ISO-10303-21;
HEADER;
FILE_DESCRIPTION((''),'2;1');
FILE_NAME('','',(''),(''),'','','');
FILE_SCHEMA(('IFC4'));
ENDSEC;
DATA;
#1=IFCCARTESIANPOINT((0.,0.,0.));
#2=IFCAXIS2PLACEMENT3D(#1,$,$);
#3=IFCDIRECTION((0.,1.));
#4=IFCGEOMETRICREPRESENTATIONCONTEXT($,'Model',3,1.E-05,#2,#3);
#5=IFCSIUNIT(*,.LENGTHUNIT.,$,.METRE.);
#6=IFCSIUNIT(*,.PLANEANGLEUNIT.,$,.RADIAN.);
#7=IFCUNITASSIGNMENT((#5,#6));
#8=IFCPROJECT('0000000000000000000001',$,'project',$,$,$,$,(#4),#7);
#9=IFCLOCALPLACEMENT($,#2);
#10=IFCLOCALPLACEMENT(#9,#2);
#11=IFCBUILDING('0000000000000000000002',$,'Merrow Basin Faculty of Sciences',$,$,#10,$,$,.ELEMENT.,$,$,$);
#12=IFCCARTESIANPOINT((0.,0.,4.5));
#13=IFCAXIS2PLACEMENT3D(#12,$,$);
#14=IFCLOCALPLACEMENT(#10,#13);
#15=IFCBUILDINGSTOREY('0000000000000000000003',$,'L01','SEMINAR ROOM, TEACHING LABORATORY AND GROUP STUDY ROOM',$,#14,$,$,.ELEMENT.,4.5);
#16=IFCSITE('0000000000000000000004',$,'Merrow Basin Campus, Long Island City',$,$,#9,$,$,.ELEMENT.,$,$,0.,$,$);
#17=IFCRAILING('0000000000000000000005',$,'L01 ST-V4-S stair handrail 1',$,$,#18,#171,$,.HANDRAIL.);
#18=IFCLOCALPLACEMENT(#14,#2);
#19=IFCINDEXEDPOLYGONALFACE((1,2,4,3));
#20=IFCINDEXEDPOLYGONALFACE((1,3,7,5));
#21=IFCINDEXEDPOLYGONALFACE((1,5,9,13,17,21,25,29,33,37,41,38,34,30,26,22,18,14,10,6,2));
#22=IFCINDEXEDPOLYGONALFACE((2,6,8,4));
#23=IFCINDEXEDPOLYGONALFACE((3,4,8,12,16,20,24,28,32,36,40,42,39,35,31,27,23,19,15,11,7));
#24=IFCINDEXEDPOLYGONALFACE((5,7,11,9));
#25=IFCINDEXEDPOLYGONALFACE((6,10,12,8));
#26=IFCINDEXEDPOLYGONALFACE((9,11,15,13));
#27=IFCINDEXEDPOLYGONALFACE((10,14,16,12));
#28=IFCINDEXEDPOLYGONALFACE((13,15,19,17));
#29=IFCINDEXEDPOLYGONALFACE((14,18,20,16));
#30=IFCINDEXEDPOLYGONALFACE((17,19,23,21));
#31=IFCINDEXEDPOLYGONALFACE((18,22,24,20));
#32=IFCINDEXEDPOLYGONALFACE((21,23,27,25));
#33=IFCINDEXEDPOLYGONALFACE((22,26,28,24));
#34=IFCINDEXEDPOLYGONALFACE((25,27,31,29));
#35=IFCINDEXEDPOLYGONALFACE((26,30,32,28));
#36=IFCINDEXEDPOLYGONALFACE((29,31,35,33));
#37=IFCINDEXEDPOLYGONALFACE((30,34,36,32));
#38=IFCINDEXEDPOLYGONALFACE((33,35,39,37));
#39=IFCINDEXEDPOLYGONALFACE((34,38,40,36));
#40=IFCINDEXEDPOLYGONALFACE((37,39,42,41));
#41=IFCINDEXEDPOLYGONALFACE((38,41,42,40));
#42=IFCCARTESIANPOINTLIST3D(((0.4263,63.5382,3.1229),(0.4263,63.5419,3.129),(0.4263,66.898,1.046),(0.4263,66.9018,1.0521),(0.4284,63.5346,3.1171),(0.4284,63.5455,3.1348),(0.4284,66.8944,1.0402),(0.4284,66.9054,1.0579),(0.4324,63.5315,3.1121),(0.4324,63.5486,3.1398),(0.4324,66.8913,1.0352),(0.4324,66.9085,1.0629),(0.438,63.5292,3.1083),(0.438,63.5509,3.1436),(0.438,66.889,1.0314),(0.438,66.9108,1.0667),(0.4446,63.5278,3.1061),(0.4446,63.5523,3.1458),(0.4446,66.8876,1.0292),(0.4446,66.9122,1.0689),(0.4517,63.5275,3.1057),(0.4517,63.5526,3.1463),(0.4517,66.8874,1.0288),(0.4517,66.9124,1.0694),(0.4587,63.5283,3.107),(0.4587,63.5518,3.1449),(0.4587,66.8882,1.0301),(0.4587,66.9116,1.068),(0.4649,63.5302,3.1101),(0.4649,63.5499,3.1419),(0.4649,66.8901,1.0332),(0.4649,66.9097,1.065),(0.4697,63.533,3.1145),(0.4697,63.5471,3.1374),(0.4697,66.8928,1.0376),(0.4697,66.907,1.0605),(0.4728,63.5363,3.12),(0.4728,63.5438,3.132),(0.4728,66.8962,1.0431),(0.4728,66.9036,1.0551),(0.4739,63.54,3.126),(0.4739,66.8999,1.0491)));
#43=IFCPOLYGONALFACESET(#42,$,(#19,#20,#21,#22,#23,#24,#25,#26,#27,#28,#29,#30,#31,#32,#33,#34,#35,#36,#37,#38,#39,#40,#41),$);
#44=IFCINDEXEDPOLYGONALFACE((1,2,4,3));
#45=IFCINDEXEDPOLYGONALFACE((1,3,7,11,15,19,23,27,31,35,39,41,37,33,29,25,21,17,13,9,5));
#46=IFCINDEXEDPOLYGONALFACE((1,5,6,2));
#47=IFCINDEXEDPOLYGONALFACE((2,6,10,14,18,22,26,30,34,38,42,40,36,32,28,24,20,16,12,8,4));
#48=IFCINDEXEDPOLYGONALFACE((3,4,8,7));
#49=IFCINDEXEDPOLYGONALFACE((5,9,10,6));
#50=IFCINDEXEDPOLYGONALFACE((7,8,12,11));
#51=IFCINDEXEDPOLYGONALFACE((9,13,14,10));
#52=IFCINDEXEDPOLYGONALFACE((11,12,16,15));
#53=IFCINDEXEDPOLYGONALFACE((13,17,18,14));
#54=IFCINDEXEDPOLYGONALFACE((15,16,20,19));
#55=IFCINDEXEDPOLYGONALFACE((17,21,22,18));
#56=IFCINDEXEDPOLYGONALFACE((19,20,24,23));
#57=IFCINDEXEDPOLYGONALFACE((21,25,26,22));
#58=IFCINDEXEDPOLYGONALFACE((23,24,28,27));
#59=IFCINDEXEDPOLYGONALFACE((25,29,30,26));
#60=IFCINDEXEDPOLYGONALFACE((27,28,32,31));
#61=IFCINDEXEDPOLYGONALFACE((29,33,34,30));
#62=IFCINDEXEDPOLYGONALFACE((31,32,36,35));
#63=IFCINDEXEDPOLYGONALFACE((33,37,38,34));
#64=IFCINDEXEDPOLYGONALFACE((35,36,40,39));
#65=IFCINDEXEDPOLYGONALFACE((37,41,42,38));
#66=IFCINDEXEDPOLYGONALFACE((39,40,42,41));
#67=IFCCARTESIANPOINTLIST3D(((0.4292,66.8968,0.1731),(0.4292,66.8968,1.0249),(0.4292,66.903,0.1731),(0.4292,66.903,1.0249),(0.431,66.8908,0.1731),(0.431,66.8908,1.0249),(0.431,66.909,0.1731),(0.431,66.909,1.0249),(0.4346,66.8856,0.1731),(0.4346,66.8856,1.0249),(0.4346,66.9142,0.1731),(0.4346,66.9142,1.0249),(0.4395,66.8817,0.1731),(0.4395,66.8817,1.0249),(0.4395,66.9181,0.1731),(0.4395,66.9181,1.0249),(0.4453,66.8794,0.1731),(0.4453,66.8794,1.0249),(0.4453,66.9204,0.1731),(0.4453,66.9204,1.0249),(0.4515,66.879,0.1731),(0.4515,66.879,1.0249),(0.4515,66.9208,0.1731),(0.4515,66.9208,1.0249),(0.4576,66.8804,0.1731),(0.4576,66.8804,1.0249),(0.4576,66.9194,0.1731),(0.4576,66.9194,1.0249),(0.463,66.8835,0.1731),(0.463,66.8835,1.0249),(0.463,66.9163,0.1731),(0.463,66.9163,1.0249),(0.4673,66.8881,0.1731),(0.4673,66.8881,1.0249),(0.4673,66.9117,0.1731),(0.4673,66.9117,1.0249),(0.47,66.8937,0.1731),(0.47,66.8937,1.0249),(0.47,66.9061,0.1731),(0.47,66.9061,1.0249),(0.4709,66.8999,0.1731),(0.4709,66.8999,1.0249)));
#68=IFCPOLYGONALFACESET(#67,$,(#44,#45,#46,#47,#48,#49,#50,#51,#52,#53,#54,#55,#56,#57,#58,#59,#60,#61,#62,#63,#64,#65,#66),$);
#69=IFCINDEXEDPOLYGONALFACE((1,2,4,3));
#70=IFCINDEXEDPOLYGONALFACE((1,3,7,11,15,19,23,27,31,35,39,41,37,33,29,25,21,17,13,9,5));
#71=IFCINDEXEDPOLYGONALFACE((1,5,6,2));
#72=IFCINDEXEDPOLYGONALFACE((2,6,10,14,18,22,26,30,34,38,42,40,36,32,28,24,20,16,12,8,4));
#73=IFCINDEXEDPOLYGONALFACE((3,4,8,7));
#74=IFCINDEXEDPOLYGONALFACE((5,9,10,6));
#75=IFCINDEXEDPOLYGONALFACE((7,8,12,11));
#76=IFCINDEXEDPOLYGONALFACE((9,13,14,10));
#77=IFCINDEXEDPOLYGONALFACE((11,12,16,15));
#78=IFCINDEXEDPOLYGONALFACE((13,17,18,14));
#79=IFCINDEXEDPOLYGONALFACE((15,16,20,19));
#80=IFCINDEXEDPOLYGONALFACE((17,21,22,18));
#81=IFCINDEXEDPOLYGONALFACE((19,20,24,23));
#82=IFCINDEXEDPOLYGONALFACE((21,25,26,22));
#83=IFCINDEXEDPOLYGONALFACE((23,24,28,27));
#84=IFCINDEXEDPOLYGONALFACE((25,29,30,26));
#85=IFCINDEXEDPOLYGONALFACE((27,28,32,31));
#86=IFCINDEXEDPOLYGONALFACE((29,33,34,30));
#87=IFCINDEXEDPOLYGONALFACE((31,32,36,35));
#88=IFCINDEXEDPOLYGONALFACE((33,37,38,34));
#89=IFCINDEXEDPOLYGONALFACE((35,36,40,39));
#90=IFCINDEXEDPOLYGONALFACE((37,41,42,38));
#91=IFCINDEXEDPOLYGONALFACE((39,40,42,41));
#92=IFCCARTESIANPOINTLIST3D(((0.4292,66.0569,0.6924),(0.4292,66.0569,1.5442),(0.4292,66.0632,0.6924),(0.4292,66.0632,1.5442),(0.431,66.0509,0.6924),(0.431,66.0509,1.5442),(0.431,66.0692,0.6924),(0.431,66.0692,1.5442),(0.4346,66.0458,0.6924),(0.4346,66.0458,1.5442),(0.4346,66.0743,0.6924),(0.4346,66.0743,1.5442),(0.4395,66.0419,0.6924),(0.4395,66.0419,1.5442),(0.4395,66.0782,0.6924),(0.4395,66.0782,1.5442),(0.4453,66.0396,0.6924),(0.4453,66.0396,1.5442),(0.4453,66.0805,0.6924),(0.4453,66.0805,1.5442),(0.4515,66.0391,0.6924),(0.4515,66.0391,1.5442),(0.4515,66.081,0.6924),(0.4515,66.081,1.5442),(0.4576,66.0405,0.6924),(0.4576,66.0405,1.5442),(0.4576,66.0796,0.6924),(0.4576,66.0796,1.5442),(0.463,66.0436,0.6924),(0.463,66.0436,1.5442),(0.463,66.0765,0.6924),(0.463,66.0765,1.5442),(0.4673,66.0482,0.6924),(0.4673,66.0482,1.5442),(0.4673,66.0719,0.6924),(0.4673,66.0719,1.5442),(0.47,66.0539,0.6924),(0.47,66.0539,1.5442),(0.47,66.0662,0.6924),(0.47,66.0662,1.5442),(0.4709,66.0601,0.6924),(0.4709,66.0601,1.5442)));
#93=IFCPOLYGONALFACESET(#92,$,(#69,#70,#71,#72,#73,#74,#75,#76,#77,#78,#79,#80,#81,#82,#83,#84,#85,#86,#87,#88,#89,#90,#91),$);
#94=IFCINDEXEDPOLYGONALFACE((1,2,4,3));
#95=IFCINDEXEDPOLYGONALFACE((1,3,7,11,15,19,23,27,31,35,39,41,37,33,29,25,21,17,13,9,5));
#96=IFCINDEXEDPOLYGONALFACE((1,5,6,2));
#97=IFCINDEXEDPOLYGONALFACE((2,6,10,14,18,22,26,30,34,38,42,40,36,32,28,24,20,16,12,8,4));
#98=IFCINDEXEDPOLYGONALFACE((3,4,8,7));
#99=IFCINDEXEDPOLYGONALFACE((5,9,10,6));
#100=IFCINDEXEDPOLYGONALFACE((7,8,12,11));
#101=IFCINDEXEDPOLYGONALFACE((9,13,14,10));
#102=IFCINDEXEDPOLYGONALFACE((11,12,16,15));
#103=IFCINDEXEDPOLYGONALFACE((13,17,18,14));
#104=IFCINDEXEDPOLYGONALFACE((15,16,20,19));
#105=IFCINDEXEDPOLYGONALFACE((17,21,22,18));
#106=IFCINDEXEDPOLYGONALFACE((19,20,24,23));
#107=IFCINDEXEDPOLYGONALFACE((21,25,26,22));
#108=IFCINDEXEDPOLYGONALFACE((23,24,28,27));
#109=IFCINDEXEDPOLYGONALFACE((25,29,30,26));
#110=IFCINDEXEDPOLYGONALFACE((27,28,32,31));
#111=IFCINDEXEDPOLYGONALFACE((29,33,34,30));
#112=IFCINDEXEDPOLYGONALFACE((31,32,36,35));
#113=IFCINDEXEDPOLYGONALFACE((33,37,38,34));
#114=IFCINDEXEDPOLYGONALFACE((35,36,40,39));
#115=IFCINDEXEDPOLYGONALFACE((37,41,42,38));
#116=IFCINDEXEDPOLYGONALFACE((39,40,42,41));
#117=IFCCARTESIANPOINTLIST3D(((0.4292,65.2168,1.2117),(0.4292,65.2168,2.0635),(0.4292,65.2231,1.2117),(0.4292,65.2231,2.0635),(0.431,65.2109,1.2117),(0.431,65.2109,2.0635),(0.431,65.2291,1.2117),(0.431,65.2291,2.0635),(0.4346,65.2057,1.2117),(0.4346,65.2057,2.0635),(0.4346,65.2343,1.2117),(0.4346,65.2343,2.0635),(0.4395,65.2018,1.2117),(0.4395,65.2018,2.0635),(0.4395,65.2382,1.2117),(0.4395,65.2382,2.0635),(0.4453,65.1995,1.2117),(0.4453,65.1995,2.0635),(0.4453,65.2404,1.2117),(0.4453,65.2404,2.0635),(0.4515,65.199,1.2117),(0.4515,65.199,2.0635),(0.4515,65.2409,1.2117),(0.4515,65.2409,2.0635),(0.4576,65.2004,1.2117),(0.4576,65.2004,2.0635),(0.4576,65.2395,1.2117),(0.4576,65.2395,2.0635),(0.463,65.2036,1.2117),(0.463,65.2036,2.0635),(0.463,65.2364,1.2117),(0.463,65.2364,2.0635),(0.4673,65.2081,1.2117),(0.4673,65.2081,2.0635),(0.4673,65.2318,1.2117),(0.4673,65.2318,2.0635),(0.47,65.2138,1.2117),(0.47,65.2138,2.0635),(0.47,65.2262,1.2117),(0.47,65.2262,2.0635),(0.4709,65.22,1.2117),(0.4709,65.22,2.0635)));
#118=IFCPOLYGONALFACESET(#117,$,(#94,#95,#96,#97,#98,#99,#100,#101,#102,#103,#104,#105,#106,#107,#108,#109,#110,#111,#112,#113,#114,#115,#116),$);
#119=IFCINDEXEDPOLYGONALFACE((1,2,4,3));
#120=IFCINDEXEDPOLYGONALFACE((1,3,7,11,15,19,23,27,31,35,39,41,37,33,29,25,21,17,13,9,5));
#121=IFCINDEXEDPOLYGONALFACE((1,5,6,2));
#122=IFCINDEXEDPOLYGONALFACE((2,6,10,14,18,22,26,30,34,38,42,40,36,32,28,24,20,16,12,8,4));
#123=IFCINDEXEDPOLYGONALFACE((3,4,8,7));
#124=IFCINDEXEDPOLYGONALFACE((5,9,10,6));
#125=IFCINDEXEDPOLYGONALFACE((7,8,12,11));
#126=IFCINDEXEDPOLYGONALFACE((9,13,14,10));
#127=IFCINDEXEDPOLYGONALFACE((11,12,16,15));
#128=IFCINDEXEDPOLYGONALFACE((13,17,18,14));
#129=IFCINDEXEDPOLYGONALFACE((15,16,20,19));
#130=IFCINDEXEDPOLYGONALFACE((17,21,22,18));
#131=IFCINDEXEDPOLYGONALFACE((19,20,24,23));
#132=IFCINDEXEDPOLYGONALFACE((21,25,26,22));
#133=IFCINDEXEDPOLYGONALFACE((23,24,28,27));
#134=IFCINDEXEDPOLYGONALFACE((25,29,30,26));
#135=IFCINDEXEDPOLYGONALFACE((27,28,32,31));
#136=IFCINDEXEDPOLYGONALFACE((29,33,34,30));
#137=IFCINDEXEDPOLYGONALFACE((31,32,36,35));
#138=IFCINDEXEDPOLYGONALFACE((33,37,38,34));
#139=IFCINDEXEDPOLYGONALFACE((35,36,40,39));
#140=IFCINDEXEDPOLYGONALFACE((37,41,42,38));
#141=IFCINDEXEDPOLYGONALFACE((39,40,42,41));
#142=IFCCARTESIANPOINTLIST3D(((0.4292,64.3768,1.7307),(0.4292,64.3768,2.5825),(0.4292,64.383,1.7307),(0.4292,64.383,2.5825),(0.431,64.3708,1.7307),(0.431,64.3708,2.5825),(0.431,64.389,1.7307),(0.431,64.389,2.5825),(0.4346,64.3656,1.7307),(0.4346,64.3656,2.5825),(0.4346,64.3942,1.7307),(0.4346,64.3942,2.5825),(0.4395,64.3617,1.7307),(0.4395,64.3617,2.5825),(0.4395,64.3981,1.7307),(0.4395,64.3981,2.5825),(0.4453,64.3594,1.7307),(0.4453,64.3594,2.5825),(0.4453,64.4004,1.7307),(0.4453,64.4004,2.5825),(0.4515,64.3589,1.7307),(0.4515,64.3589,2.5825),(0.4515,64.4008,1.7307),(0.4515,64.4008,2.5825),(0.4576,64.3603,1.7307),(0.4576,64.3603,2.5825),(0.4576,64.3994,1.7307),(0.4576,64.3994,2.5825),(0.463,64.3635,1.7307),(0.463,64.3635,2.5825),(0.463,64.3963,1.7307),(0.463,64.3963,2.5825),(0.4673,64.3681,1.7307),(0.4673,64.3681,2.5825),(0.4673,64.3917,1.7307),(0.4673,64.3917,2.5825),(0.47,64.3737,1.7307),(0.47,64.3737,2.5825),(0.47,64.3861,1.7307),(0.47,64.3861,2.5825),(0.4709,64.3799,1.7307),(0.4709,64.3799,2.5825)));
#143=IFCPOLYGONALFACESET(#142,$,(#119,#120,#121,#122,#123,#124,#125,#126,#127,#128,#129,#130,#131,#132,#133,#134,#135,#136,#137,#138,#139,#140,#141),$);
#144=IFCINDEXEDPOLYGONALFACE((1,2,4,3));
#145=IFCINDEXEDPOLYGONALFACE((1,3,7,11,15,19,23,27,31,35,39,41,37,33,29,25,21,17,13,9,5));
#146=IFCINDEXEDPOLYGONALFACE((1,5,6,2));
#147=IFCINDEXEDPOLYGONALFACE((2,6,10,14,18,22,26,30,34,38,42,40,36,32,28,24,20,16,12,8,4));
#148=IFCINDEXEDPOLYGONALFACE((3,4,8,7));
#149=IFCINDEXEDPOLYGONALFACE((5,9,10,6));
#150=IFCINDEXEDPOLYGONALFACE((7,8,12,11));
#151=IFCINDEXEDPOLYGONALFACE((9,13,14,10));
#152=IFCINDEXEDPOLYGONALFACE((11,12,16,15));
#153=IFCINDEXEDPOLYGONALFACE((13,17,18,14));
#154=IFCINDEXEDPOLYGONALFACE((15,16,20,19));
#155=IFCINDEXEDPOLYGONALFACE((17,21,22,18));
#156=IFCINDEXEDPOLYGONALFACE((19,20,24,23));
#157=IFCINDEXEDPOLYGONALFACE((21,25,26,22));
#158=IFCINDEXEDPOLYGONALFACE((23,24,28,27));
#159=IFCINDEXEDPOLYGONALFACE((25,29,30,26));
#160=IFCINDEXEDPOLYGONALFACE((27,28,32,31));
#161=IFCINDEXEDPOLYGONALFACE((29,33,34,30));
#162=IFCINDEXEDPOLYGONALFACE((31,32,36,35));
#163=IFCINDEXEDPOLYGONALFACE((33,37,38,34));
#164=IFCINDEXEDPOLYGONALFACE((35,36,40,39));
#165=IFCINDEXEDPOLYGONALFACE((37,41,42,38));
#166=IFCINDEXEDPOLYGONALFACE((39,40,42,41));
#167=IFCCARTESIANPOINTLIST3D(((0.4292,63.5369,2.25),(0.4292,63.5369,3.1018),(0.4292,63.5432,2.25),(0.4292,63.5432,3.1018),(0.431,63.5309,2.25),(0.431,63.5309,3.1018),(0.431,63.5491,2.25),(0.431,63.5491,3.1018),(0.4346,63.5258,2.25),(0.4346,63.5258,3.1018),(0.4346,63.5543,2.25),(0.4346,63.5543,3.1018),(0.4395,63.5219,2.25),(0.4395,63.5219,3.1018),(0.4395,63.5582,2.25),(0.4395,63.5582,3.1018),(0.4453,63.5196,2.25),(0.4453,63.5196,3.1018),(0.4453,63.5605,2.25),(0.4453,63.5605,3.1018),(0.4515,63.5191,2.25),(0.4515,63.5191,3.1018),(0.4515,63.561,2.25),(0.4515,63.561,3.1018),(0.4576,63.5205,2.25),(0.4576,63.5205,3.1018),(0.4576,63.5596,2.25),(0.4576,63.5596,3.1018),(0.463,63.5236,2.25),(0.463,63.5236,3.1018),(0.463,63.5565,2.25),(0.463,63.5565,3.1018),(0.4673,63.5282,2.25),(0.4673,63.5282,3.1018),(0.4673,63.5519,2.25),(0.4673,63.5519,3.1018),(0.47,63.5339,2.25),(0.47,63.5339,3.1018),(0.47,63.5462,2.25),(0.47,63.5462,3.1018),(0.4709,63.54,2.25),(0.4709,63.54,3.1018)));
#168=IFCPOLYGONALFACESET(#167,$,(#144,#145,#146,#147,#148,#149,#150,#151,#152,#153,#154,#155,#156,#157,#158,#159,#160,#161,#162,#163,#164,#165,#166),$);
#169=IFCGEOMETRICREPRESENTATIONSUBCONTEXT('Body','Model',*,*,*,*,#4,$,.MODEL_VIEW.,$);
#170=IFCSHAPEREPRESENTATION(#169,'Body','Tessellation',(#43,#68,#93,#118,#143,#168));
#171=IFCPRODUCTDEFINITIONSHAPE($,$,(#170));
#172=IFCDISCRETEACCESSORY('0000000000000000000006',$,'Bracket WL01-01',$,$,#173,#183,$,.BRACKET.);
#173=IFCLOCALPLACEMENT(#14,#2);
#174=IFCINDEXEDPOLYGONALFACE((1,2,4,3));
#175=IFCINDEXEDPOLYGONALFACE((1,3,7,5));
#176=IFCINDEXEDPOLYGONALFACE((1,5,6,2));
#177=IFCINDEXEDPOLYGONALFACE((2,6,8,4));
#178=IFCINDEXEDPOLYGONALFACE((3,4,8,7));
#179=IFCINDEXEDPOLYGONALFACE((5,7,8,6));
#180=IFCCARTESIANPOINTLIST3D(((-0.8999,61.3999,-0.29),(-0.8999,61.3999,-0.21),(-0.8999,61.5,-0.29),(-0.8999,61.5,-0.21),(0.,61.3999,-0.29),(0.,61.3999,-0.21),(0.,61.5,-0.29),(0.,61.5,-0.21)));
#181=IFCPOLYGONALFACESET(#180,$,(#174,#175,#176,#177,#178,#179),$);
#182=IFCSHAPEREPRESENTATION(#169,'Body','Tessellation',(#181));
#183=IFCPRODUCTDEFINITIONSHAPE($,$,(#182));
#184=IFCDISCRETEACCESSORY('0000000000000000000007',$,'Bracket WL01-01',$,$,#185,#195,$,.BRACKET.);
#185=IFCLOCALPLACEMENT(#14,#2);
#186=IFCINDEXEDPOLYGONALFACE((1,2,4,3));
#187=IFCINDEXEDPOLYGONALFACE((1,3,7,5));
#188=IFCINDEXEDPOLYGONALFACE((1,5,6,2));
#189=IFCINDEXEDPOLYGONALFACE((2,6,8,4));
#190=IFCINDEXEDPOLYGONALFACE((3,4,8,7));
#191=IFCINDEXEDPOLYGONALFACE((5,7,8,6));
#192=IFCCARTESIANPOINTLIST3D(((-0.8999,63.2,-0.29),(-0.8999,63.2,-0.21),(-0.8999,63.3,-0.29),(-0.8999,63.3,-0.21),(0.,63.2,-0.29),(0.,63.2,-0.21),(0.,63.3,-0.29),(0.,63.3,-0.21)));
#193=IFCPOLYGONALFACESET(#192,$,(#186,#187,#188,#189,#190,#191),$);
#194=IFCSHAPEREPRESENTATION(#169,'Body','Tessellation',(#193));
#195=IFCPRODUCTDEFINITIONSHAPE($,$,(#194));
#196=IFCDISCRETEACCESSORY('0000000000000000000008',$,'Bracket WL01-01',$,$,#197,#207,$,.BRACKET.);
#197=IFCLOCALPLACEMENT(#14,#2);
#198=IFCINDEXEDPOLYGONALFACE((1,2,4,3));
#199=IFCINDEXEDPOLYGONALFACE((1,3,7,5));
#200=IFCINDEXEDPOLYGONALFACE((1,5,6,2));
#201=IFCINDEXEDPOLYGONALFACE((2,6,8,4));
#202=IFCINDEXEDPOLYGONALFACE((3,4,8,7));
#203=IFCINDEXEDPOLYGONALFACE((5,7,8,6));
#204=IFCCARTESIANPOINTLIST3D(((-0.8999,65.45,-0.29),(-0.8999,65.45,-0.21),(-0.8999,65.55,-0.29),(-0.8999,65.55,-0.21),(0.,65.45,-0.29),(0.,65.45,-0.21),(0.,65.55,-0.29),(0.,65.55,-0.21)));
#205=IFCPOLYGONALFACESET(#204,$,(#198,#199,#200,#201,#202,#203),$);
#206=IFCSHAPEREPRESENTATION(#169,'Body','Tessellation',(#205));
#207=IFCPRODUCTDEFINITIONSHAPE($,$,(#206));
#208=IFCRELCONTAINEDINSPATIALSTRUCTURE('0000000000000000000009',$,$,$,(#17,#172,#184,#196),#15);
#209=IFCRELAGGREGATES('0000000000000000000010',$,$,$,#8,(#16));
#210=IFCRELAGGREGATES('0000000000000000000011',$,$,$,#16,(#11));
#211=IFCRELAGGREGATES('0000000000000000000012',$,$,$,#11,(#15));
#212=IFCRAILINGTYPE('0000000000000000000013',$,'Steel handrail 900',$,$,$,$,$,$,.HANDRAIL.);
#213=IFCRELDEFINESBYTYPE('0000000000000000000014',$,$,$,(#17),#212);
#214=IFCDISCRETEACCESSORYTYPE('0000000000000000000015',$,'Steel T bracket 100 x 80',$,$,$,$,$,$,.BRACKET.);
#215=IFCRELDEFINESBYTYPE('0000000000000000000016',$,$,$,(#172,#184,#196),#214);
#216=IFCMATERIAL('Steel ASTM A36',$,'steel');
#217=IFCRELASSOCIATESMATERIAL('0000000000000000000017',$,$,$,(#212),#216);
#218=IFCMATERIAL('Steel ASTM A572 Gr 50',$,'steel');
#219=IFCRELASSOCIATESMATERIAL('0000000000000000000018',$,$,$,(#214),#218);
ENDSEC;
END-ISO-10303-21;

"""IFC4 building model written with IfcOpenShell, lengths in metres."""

from ifc_helpers import new_model, si_unit, direction, frame, origin, origin_2d, place, context, subcontext, project, spatial, polyline, circle, outline, extrude, source, transform, mapped, material, type_object, element, save


model = new_model("IFC4")

# Units and contexts
model_context = context("Model", 3, precision=1e-05, world=origin(), true_north=direction((0.0, 1.0)))
body_context = subcontext(model_context, "Body", "Model", "MODEL_VIEW")
ifc_project = project(units=[si_unit("LENGTHUNIT", "METRE"), si_unit("PLANEANGLEUNIT", "RADIAN")], contexts=[model_context])

# Site, building, storey
site_placement = place(None, origin())
site = spatial("IfcSite", under=ifc_project, at=site_placement, Name="Merrow Basin Campus, Long Island City", CompositionType="ELEMENT", RefElevation=0.0)
building_placement = place(site_placement, origin())
building = spatial("IfcBuilding", under=site, at=building_placement, Name="Merrow Basin Faculty of Sciences", CompositionType="ELEMENT")
storey_placement = place(building_placement, frame((0.0, 0.0, 4.5)))
storey = spatial("IfcBuildingStorey", under=building, at=storey_placement, Name="L01", Description="SEMINAR ROOM, TEACHING LABORATORY AND GROUP STUDY ROOM", CompositionType="ELEMENT", Elevation=4.5)

# Railing
ifc_material_1 = material(Name="Steel ASTM A36", Category="steel")
railing_type_1 = type_object("IfcRailingType", Name="Steel handrail 900", PredefinedType="HANDRAIL", material=ifc_material_1)
railing_1_placement = place(storey_placement, frame((0.45, 66.8999, 0.1731)))
element("IfcRailing", 1, at=railing_1_placement, inside=storey, type_object=railing_type_1, Name="L01 ST-V4-S stair handrail 1", PredefinedType="HANDRAIL", context=body_context, shape_type="SweptSolid", body=[
    extrude(circle(Radius=0.0239, at=origin_2d()), frame((0.0, 0.0, 0.876), z_axis=(0.0, -0.850606, 0.525803), x_axis=(1.0, 0.0, 0.0)), (0.0, 0.0, 1.0), 3.95),
    extrude(circle(Radius=0.021, at=origin_2d()), origin(), (0.0, 0.0, 1.0), 0.8518),
    extrude(circle(Radius=0.021, at=origin_2d()), frame((0.0, -0.8398, 0.5193)), (0.0, 0.0, 1.0), 0.8518),
    extrude(circle(Radius=0.021, at=origin_2d()), frame((0.0, -1.6799, 1.0386)), (0.0, 0.0, 1.0), 0.8518),
    extrude(circle(Radius=0.021, at=origin_2d()), frame((0.0, -2.52, 1.5576)), (0.0, 0.0, 1.0), 0.8518),
    extrude(circle(Radius=0.021, at=origin_2d()), frame((0.0, -3.3599, 2.0769)), (0.0, 0.0, 1.0), 0.8518),
])

# Discrete accessories
ifc_material_2 = material(Name="Steel ASTM A572 Gr 50", Category="steel")
discrete_accessory_type = type_object("IfcDiscreteAccessoryType", Name="Steel T bracket 100 x 80", PredefinedType="BRACKET", material=ifc_material_2)
shared_shape = source(origin(), body_context, "Body", "SweptSolid", [
    extrude(outline(polyline([(0.0, 0.0), (0.1001, 0.0), (0.1001, 0.0801), (0.0, 0.0801), (0.0, 0.0)])), origin(), (0.0, 0.0, 1.0), 0.8999),
])
for number, where, z_axis, x_axis, name in (
    (2, (-0.8999, 61.3999, -0.29), (1.0, 0.0, 0.0), (0.0, 1.0, 0.0), "Bracket WL01-01"),
    (3, (-0.8999, 63.2, -0.29), (1.0, 0.0, 0.0), (0.0, 1.0, 0.0), "Bracket WL01-01"),
    (4, (-0.8999, 65.45, -0.29), (1.0, 0.0, 0.0), (0.0, 1.0, 0.0), "Bracket WL01-01"),
):
    element("IfcDiscreteAccessory", number, at=place(storey_placement, frame(where, z_axis=z_axis, x_axis=x_axis)), inside=storey, type_object=discrete_accessory_type, Name=name, PredefinedType="BRACKET", context=body_context, shape_type="MappedRepresentation", body=[
        mapped(shared_shape, transform((0.0, 0.0, 0.0), scale=1.0)),
    ])

save(model, "model.ifc")
